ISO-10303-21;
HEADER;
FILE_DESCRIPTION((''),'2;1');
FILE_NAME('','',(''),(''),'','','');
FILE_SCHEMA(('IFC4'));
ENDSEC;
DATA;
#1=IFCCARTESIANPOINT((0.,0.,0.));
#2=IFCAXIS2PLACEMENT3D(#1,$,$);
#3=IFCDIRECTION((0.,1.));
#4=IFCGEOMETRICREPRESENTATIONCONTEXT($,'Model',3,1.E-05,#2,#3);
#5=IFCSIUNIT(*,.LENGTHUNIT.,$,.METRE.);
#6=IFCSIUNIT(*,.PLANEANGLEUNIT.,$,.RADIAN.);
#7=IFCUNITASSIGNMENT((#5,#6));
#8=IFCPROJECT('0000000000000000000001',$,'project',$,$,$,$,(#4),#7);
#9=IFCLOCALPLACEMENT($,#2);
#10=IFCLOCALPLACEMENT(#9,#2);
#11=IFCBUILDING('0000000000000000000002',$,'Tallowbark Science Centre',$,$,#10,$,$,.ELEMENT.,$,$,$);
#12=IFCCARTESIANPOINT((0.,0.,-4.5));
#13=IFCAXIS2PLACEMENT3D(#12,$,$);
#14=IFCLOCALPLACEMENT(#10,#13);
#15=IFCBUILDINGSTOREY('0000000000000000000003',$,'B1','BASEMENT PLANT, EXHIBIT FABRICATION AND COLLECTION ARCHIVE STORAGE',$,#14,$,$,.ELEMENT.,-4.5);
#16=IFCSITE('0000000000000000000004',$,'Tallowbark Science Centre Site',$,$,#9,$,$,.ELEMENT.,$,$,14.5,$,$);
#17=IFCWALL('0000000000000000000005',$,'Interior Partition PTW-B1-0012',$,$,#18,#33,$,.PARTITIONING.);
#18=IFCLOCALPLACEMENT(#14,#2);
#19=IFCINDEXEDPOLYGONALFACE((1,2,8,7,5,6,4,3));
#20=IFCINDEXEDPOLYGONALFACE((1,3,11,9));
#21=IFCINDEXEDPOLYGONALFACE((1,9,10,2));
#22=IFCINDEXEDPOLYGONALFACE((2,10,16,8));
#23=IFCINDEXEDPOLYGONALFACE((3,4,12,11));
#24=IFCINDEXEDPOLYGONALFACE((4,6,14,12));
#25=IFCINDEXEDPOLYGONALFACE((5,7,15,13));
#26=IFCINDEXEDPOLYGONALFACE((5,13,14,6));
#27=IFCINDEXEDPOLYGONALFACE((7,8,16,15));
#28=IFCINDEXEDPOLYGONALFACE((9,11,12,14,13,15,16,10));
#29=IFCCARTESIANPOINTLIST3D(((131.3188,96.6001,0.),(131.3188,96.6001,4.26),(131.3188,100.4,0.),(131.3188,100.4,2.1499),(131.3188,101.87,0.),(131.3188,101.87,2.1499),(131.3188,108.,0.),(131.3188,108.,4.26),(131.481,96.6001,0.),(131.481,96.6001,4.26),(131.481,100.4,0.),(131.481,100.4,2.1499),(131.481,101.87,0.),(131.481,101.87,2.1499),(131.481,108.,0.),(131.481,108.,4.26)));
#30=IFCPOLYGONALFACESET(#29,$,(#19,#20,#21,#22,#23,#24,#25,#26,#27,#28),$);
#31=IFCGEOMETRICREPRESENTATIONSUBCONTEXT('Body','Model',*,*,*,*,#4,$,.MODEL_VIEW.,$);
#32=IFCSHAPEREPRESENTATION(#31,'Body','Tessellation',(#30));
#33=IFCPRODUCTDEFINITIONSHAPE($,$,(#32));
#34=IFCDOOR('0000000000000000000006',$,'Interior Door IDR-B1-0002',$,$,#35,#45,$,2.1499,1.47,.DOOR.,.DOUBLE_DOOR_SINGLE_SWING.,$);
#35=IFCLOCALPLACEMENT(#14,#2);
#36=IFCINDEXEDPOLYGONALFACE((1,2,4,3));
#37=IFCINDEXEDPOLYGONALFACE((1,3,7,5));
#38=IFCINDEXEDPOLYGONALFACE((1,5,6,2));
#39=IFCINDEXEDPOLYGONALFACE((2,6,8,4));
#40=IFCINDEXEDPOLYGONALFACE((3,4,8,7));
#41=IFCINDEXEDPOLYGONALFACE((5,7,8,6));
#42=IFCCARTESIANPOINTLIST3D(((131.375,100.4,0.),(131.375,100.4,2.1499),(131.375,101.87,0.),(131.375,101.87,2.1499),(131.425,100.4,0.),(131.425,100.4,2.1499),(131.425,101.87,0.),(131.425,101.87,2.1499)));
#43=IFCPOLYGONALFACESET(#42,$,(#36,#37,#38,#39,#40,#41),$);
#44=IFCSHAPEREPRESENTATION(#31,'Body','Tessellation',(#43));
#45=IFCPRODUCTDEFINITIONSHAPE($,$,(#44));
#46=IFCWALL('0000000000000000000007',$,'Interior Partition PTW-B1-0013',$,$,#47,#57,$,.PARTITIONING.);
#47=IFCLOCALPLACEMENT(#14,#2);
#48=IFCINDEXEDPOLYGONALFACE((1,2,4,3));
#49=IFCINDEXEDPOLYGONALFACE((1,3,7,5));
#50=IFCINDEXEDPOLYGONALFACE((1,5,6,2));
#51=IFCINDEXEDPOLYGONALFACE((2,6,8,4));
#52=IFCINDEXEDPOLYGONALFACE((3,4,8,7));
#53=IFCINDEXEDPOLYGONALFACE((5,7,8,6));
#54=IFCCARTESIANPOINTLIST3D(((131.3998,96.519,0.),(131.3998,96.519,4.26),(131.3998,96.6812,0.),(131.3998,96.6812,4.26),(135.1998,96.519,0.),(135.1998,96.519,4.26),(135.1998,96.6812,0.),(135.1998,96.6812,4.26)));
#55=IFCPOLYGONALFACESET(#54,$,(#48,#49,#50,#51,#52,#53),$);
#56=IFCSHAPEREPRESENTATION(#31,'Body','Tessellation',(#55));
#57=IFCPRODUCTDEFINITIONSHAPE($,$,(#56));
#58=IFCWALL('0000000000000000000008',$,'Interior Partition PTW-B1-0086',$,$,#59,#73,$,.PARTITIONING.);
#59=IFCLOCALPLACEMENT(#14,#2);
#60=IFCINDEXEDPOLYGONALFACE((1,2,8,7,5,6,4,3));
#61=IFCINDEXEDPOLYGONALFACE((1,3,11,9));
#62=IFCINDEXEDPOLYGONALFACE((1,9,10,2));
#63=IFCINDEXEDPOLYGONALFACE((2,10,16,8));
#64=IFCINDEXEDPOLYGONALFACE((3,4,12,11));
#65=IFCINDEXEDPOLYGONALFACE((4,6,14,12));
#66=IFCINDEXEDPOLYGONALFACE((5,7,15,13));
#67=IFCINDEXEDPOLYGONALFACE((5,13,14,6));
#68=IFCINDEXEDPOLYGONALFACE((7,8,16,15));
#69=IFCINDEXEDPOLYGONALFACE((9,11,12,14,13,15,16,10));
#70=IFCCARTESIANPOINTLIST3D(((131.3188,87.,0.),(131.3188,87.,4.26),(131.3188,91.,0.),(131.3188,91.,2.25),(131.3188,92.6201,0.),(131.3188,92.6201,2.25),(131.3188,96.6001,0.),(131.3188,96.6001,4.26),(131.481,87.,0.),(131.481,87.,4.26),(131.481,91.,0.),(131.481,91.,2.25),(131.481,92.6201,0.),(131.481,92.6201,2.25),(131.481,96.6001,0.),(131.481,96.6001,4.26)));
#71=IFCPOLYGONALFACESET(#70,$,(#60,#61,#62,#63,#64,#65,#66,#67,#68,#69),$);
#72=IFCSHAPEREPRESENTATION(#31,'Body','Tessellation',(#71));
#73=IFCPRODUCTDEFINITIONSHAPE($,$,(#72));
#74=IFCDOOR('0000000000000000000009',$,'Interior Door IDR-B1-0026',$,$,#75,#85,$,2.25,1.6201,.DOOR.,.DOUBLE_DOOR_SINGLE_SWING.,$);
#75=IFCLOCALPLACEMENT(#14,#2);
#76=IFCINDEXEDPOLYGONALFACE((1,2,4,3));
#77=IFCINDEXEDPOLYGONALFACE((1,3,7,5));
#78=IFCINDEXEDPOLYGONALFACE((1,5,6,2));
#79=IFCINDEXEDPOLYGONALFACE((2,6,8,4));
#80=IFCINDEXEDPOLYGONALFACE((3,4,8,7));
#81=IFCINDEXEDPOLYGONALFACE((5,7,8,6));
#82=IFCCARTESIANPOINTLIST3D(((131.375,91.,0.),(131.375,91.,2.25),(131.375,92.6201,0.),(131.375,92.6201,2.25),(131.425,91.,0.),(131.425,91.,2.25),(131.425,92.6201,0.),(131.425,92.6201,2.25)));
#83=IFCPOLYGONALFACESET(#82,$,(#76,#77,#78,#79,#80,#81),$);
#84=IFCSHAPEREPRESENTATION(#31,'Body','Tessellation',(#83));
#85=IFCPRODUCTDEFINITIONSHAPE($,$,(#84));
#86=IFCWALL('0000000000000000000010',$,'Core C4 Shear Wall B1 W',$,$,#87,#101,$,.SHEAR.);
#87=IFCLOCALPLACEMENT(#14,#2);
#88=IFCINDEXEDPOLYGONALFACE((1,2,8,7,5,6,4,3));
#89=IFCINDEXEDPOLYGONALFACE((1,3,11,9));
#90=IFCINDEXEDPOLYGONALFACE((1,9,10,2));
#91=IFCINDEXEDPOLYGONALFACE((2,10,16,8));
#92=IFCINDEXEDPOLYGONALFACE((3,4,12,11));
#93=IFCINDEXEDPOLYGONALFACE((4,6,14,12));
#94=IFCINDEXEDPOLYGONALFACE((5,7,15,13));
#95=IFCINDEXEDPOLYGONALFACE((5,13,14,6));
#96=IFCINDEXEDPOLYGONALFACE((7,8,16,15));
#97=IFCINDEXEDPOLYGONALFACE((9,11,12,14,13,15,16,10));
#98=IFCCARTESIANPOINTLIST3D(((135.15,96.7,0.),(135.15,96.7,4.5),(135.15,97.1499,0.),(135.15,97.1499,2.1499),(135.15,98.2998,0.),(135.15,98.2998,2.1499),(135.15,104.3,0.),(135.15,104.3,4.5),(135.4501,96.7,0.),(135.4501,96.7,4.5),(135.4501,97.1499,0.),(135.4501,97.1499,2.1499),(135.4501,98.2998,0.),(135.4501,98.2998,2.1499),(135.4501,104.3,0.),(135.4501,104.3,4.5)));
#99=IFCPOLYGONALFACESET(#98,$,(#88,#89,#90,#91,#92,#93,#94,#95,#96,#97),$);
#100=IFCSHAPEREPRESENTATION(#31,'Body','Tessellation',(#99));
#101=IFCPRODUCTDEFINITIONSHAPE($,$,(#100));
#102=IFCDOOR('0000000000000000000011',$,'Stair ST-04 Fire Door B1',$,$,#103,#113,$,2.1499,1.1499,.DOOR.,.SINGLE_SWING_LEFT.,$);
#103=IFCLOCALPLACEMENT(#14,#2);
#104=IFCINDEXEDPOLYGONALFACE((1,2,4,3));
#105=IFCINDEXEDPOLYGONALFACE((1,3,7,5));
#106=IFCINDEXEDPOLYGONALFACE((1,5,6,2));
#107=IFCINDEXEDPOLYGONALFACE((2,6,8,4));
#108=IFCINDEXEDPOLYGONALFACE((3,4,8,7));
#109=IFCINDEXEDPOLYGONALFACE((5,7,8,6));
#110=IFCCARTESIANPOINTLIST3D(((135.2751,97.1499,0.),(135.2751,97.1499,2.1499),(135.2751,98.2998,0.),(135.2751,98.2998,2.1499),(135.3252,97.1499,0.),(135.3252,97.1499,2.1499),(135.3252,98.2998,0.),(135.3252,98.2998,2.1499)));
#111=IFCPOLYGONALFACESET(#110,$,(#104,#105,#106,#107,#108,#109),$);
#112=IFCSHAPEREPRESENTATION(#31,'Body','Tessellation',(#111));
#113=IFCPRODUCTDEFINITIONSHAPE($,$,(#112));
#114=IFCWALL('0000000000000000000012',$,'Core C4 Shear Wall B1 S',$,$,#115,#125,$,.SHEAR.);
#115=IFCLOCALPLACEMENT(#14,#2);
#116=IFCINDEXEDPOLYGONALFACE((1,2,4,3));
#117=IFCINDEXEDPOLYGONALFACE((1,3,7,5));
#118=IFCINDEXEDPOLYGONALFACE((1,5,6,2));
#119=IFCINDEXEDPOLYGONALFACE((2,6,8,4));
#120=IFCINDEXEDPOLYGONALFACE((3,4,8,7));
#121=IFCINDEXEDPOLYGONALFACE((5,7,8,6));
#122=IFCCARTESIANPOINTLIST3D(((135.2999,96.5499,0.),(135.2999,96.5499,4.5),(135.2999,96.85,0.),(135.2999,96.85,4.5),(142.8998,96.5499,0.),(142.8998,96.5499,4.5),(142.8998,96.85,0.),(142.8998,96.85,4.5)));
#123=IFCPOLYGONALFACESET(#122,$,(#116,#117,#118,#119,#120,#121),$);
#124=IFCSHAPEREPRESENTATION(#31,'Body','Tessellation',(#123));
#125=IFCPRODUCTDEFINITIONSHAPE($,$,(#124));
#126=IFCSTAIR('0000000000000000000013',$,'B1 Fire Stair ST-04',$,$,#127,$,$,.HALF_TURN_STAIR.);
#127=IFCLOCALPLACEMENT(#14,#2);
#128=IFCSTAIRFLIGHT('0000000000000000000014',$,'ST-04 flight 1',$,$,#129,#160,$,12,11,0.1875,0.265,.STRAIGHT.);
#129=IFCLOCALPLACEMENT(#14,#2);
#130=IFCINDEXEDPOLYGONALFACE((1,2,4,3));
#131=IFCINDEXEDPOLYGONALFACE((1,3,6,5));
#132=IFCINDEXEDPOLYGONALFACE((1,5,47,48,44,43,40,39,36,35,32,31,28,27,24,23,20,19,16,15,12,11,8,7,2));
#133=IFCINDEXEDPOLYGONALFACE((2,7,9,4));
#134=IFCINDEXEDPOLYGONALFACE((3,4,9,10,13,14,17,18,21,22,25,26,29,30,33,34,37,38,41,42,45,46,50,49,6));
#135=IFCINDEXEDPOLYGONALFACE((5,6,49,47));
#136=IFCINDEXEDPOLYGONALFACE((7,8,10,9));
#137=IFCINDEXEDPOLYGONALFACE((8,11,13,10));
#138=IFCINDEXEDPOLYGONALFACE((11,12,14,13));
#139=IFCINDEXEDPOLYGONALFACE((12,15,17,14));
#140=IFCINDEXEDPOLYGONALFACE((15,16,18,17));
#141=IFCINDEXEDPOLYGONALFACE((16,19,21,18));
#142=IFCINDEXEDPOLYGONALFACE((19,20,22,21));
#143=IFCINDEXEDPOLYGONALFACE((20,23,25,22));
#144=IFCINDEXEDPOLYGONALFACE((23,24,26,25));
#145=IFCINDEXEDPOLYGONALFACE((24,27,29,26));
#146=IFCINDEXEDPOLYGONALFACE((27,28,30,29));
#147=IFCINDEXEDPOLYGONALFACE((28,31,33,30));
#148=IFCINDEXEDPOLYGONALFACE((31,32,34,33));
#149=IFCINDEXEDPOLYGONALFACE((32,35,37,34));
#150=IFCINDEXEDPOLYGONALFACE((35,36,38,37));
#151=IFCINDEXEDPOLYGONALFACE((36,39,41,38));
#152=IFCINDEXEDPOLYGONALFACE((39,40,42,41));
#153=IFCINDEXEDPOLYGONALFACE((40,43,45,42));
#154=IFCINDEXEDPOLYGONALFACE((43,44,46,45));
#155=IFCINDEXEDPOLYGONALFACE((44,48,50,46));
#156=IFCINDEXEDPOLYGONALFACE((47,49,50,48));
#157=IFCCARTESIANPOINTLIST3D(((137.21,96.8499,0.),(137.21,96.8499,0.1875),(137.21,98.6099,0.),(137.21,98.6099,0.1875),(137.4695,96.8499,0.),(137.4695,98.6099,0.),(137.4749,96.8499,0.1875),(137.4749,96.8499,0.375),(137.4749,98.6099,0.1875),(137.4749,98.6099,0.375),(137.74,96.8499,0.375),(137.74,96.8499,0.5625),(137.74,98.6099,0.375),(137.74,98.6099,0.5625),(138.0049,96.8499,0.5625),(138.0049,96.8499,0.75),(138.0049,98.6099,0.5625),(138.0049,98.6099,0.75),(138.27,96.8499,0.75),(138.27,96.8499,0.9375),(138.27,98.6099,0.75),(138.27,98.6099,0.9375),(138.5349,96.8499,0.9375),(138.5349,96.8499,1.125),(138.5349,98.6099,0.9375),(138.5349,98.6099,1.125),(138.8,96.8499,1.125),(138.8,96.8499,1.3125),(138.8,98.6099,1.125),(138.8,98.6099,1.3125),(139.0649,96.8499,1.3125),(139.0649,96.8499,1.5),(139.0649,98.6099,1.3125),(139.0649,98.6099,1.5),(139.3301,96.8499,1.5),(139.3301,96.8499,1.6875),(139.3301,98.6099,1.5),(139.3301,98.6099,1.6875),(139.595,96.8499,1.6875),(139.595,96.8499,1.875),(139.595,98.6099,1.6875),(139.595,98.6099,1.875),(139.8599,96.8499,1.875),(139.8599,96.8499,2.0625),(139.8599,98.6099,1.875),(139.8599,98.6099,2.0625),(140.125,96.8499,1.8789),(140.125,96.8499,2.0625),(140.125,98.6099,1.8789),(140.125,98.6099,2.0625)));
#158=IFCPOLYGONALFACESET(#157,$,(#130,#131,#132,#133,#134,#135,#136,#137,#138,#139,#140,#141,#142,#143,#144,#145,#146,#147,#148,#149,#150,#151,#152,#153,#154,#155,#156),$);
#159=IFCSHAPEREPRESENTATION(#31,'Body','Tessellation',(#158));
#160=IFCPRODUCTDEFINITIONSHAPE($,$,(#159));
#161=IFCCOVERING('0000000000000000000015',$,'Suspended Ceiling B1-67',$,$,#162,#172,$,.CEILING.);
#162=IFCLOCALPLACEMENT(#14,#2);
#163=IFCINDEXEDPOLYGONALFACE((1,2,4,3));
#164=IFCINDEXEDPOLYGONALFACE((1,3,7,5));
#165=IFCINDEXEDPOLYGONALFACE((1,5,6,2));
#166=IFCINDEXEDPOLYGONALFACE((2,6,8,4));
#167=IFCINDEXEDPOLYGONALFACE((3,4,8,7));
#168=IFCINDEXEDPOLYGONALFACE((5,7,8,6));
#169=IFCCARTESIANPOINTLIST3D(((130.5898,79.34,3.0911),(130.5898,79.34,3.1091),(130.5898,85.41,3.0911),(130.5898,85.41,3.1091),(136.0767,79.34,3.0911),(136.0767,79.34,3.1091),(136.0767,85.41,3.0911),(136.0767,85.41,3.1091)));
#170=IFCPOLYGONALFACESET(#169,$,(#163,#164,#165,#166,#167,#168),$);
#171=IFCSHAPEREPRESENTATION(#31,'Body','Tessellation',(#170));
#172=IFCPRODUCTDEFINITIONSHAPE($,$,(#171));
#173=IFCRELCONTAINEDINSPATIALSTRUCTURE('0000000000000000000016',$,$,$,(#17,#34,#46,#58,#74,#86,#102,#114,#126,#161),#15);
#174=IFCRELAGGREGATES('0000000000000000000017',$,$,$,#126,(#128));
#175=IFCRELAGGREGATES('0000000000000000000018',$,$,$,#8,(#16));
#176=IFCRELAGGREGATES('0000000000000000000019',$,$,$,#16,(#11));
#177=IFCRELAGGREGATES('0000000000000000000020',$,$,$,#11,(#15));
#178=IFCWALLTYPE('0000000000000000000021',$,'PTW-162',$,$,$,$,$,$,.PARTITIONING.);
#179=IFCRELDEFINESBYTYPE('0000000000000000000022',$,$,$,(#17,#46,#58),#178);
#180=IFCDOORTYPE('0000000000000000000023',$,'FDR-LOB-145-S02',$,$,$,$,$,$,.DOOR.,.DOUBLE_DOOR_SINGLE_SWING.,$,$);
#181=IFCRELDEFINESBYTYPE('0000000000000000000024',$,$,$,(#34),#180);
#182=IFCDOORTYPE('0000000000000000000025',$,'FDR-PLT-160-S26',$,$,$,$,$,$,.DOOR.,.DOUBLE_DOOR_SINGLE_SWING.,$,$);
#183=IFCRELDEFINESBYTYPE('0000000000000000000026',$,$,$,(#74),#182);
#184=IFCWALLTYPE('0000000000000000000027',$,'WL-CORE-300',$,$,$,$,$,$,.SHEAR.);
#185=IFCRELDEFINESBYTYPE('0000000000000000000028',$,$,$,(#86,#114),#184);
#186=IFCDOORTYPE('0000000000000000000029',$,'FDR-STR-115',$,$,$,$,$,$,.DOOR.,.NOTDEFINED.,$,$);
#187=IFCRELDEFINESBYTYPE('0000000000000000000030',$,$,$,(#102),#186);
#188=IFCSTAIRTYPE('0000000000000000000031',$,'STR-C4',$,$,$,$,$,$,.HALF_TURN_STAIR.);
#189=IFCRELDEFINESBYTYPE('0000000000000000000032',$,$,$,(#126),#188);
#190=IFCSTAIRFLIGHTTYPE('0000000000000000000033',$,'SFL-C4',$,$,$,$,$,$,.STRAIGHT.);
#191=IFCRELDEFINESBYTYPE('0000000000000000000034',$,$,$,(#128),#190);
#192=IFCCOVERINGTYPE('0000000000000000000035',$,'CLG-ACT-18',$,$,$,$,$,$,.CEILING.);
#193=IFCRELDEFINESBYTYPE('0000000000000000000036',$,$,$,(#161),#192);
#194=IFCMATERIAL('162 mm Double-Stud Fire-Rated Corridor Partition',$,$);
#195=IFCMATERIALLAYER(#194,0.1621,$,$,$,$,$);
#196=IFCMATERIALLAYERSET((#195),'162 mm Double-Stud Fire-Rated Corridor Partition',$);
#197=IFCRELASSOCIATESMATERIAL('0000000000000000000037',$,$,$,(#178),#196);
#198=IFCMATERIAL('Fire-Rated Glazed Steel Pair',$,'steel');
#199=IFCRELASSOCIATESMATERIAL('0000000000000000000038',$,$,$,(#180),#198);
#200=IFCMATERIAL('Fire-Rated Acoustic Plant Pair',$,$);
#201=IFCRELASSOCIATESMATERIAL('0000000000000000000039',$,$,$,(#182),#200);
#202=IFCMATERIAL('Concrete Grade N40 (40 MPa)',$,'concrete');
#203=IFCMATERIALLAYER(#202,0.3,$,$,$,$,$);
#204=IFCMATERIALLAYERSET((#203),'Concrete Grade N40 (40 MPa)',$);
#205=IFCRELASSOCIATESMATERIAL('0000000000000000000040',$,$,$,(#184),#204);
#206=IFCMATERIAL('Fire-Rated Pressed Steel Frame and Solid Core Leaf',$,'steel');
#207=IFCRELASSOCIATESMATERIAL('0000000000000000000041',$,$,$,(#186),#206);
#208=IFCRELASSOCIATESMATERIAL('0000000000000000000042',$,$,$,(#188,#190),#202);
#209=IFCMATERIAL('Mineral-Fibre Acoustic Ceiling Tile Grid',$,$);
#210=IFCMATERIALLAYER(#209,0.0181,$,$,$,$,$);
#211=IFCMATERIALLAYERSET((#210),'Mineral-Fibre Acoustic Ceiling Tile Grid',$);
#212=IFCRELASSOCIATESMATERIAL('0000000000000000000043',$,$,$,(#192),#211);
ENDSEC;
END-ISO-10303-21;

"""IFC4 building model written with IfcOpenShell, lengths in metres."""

from ifc_helpers import new_model, si_unit, direction, frame, frame_2d, origin, origin_2d, place, context, subcontext, project, spatial, polyline, rectangle, outline, extrude, material, layer, layer_set, type_object, element, fill, aggregate, save


model = new_model("IFC4")

# Units and contexts
model_context = context("Model", 3, precision=1e-05, world=origin(), true_north=direction((0.0, 1.0)))
body_context = subcontext(model_context, "Body", "Model", "MODEL_VIEW")
ifc_project = project(units=[si_unit("LENGTHUNIT", "METRE"), si_unit("PLANEANGLEUNIT", "RADIAN")], contexts=[model_context])

# Site, building, storey
site_placement = place(None, origin())
site = spatial("IfcSite", under=ifc_project, at=site_placement, Name="Tallowbark Science Centre Site", CompositionType="ELEMENT", RefElevation=14.5)
building_placement = place(site_placement, origin())
building = spatial("IfcBuilding", under=site, at=building_placement, Name="Tallowbark Science Centre", CompositionType="ELEMENT")
storey_placement = place(building_placement, frame((0.0, 0.0, -4.5)))
storey = spatial("IfcBuildingStorey", under=building, at=storey_placement, Name="B1", Description="BASEMENT PLANT, EXHIBIT FABRICATION AND COLLECTION ARCHIVE STORAGE", CompositionType="ELEMENT", Elevation=-4.5)

# Shared definitions
ifc_material_1 = material(Name="Concrete Grade N40 (40 MPa)", Category="concrete")

# Wall, opening, door
ifc_material_2 = material(Name="162 mm Double-Stud Fire-Rated Corridor Partition")
ifc_layer_1 = layer(ifc_material_2, 0.1621)
ifc_layer_set_1 = layer_set([ifc_layer_1], Name="162 mm Double-Stud Fire-Rated Corridor Partition")
wall_type_1 = type_object("IfcWallType", Name="PTW-162", PredefinedType="PARTITIONING", material=ifc_layer_set_1)
wall_1_placement = place(storey_placement, frame((131.3999, 96.6001, 0.0), z_axis=(0.0, 0.0, 1.0), x_axis=(0.0, 1.0, 0.0)))
wall_1 = element("IfcWall", 1, at=wall_1_placement, inside=storey, type_object=wall_type_1, Name="Interior Partition PTW-B1-0012", PredefinedType="PARTITIONING", context=body_context, shape_type="SweptSolid", body=[
    extrude(rectangle(XDim=11.3999, YDim=0.1621, at=frame_2d((5.7, 0.0))), origin(), (0.0, 0.0, 1.0), 4.26),
])
opening_1_placement = place(wall_1_placement, frame((3.8, 0.0, 0.0)))
opening_1 = element("IfcOpeningElement", 2, at=opening_1_placement, cuts=wall_1, PredefinedType="OPENING", context=body_context, shape_type="SweptSolid", body=[
    extrude(rectangle(XDim=1.47, YDim=2.1499, at=frame_2d((0.7349, 1.075))), frame((0.0, 0.0911, 0.0), z_axis=(0.0, -1.0, 0.0), x_axis=(1.0, 0.0, 0.0)), (0.0, 0.0, 1.0), 0.1821),
])
ifc_material_3 = material(Name="Fire-Rated Glazed Steel Pair", Category="steel")
door_type_1 = type_object("IfcDoorType", Name="FDR-LOB-145-S02", OperationType="DOUBLE_DOOR_SINGLE_SWING", PredefinedType="DOOR", material=ifc_material_3)
door_1_placement = place(opening_1_placement, origin())
door_1 = element("IfcDoor", 3, at=door_1_placement, inside=storey, type_object=door_type_1, Name="Interior Door IDR-B1-0002", OperationType="DOUBLE_DOOR_SINGLE_SWING", OverallHeight=2.1499, OverallWidth=1.47, PredefinedType="DOOR", context=body_context, shape_type="SweptSolid", body=[
    extrude(rectangle(XDim=1.47, YDim=2.1499, at=frame_2d((0.7349, 1.075))), frame((0.0, 0.0249, 0.0), z_axis=(0.0, -1.0, 0.0), x_axis=(1.0, 0.0, 0.0)), (0.0, 0.0, 1.0), 0.05),
])
fill(opening_1, door_1)

# Wall
wall_2_placement = place(storey_placement, frame((131.3999, 96.6001, 0.0), z_axis=(0.0, 0.0, 1.0), x_axis=(1.0, 0.0, 0.0)))
element("IfcWall", 4, at=wall_2_placement, inside=storey, type_object=wall_type_1, Name="Interior Partition PTW-B1-0013", PredefinedType="PARTITIONING", context=body_context, shape_type="SweptSolid", body=[
    extrude(rectangle(XDim=3.8, YDim=0.1621, at=frame_2d((1.8999, 0.0))), origin(), (0.0, 0.0, 1.0), 4.26),
])

# Walls, openings, doors
wall_3_placement = place(storey_placement, frame((131.3999, 87.0, 0.0), z_axis=(0.0, 0.0, 1.0), x_axis=(0.0, 1.0, 0.0)))
wall_3 = element("IfcWall", 5, at=wall_3_placement, inside=storey, type_object=wall_type_1, Name="Interior Partition PTW-B1-0086", PredefinedType="PARTITIONING", context=body_context, shape_type="SweptSolid", body=[
    extrude(rectangle(XDim=9.6001, YDim=0.1621, at=frame_2d((4.8, 0.0))), origin(), (0.0, 0.0, 1.0), 4.26),
])
opening_2_placement = place(wall_3_placement, frame((4.0, 0.0, 0.0)))
opening_2 = element("IfcOpeningElement", 6, at=opening_2_placement, cuts=wall_3, PredefinedType="OPENING", context=body_context, shape_type="SweptSolid", body=[
    extrude(rectangle(XDim=1.6201, YDim=2.25, at=frame_2d((0.8101, 1.125))), frame((0.0, 0.0911, 0.0), z_axis=(0.0, -1.0, 0.0), x_axis=(1.0, 0.0, 0.0)), (0.0, 0.0, 1.0), 0.1821),
])
ifc_material_4 = material(Name="Fire-Rated Acoustic Plant Pair")
door_type_2 = type_object("IfcDoorType", Name="FDR-PLT-160-S26", OperationType="DOUBLE_DOOR_SINGLE_SWING", PredefinedType="DOOR", material=ifc_material_4)
door_2_placement = place(opening_2_placement, origin())
door_2 = element("IfcDoor", 7, at=door_2_placement, inside=storey, type_object=door_type_2, Name="Interior Door IDR-B1-0026", OperationType="DOUBLE_DOOR_SINGLE_SWING", OverallHeight=2.25, OverallWidth=1.6201, PredefinedType="DOOR", context=body_context, shape_type="SweptSolid", body=[
    extrude(rectangle(XDim=1.6201, YDim=2.25, at=frame_2d((0.8101, 1.125))), frame((0.0, 0.0249, 0.0), z_axis=(0.0, -1.0, 0.0), x_axis=(1.0, 0.0, 0.0)), (0.0, 0.0, 1.0), 0.05),
])
fill(opening_2, door_2)
ifc_layer_2 = layer(ifc_material_1, 0.3)
ifc_layer_set_2 = layer_set([ifc_layer_2], Name="Concrete Grade N40 (40 MPa)")
wall_type_2 = type_object("IfcWallType", Name="WL-CORE-300", PredefinedType="SHEAR", material=ifc_layer_set_2)
wall_4_placement = place(storey_placement, frame((135.3, 96.7, 0.0), z_axis=(0.0, 0.0, 1.0), x_axis=(0.0, 1.0, 0.0)))
wall_4 = element("IfcWall", 8, at=wall_4_placement, inside=storey, type_object=wall_type_2, Name="Core C4 Shear Wall B1 W", PredefinedType="SHEAR", context=body_context, shape_type="SweptSolid", body=[
    extrude(rectangle(XDim=7.6001, YDim=0.3, at=frame_2d((3.8, 0.0))), origin(), (0.0, 0.0, 1.0), 4.5),
])
opening_3_placement = place(wall_4_placement, frame((0.45, 0.0, 0.0)))
opening_3 = element("IfcOpeningElement", 9, at=opening_3_placement, cuts=wall_4, PredefinedType="OPENING", context=body_context, shape_type="SweptSolid", body=[
    extrude(rectangle(XDim=1.1499, YDim=2.1499, at=frame_2d((0.575, 1.075))), frame((0.0, 0.1602, 0.0), z_axis=(0.0, -1.0, 0.0), x_axis=(1.0, 0.0, 0.0)), (0.0, 0.0, 1.0), 0.3201),
])
ifc_material_5 = material(Name="Fire-Rated Pressed Steel Frame and Solid Core Leaf", Category="steel")
door_type_3 = type_object("IfcDoorType", Name="FDR-STR-115", OperationType="NOTDEFINED", PredefinedType="DOOR", material=ifc_material_5)
door_3_placement = place(opening_3_placement, origin())
door_3 = element("IfcDoor", 10, at=door_3_placement, inside=storey, type_object=door_type_3, Name="Stair ST-04 Fire Door B1", OperationType="SINGLE_SWING_LEFT", OverallHeight=2.1499, OverallWidth=1.1499, PredefinedType="DOOR", context=body_context, shape_type="SweptSolid", body=[
    extrude(rectangle(XDim=1.1499, YDim=2.1499, at=frame_2d((0.575, 1.075))), frame((0.0, 0.0249, 0.0), z_axis=(0.0, -1.0, 0.0), x_axis=(1.0, 0.0, 0.0)), (0.0, 0.0, 1.0), 0.05),
])
fill(opening_3, door_3)

# Wall
wall_5_placement = place(storey_placement, frame((135.3, 96.7, 0.0), z_axis=(0.0, 0.0, 1.0), x_axis=(1.0, 0.0, 0.0)))
element("IfcWall", 11, at=wall_5_placement, inside=storey, type_object=wall_type_2, Name="Core C4 Shear Wall B1 S", PredefinedType="SHEAR", context=body_context, shape_type="SweptSolid", body=[
    extrude(rectangle(XDim=7.5999, YDim=0.3, at=frame_2d((3.7998, 0.0))), origin(), (0.0, 0.0, 1.0), 4.5),
])

# Stair, stair flight
stair_type = type_object("IfcStairType", Name="STR-C4", PredefinedType="HALF_TURN_STAIR", material=ifc_material_1)
stair_placement = place(storey_placement, origin())
stair = element("IfcStair", 12, at=stair_placement, inside=storey, type_object=stair_type, Name="B1 Fire Stair ST-04", PredefinedType="HALF_TURN_STAIR")
stair_flight_type = type_object("IfcStairFlightType", Name="SFL-C4", PredefinedType="STRAIGHT", material=ifc_material_1)
stair_flight_placement = place(storey_placement, frame((137.21, 97.73, 0.0), z_axis=(0.0, 0.0, 1.0), x_axis=(1.0, 0.0, 0.0)))
stair_flight = element("IfcStairFlight", 13, at=stair_flight_placement, type_object=stair_flight_type, Name="ST-04 flight 1", NumberOfRisers=12, NumberOfTreads=11, PredefinedType="STRAIGHT", RiserHeight=0.1875, TreadLength=0.265, context=body_context, shape_type="SweptSolid", body=[
    extrude(outline(polyline([(0.0, 0.0), (0.0, 0.1875), (0.2649, 0.1875), (0.2649, 0.375), (0.53, 0.375), (0.53, 0.5625), (0.7949, 0.5625), (0.7949, 0.75), (1.0601, 0.75), (1.0601, 0.9375), (1.325, 0.9375), (1.325, 1.125), (1.5901, 1.125), (1.5901, 1.3125), (1.855, 1.3125), (1.855, 1.5), (2.1201, 1.5), (2.1201, 1.6875), (2.385, 1.6875), (2.385, 1.875), (2.6499, 1.875), (2.6499, 2.0625), (2.915, 2.0625), (2.915, 2.25), (2.915, 1.8789), (0.2595, 0.0), (0.0, 0.0)])), frame((0.0, 0.8799, 0.0), z_axis=(0.0, -1.0, 0.0), x_axis=(1.0, 0.0, 0.0)), (0.0, 0.0, 1.0), 1.76),
])
aggregate(stair, [stair_flight])

# Covering
ifc_material_6 = material(Name="Mineral-Fibre Acoustic Ceiling Tile Grid")
ifc_layer_3 = layer(ifc_material_6, 0.0181)
ifc_layer_set_3 = layer_set([ifc_layer_3], Name="Mineral-Fibre Acoustic Ceiling Tile Grid")
covering_type_1 = type_object("IfcCoveringType", Name="CLG-ACT-18", PredefinedType="CEILING", material=ifc_layer_set_3)
for number, where, z_axis, x_axis, name in (
    (14, (133.3333, 82.375, 3.0911), (0.0, 0.0, 1.0), (1.0, 0.0, 0.0), "Suspended Ceiling B1-67"),
):
    element("IfcCovering", number, at=place(storey_placement, frame(where, z_axis=z_axis, x_axis=x_axis)), inside=storey, type_object=covering_type_1, Name=name, PredefinedType="CEILING", context=body_context, shape_type="SweptSolid", body=[
        extrude(rectangle(XDim=5.4868, YDim=6.0701, at=origin_2d()), origin(), (0.0, 0.0, 1.0), 0.0181),
    ])

save(model, "model.ifc")
